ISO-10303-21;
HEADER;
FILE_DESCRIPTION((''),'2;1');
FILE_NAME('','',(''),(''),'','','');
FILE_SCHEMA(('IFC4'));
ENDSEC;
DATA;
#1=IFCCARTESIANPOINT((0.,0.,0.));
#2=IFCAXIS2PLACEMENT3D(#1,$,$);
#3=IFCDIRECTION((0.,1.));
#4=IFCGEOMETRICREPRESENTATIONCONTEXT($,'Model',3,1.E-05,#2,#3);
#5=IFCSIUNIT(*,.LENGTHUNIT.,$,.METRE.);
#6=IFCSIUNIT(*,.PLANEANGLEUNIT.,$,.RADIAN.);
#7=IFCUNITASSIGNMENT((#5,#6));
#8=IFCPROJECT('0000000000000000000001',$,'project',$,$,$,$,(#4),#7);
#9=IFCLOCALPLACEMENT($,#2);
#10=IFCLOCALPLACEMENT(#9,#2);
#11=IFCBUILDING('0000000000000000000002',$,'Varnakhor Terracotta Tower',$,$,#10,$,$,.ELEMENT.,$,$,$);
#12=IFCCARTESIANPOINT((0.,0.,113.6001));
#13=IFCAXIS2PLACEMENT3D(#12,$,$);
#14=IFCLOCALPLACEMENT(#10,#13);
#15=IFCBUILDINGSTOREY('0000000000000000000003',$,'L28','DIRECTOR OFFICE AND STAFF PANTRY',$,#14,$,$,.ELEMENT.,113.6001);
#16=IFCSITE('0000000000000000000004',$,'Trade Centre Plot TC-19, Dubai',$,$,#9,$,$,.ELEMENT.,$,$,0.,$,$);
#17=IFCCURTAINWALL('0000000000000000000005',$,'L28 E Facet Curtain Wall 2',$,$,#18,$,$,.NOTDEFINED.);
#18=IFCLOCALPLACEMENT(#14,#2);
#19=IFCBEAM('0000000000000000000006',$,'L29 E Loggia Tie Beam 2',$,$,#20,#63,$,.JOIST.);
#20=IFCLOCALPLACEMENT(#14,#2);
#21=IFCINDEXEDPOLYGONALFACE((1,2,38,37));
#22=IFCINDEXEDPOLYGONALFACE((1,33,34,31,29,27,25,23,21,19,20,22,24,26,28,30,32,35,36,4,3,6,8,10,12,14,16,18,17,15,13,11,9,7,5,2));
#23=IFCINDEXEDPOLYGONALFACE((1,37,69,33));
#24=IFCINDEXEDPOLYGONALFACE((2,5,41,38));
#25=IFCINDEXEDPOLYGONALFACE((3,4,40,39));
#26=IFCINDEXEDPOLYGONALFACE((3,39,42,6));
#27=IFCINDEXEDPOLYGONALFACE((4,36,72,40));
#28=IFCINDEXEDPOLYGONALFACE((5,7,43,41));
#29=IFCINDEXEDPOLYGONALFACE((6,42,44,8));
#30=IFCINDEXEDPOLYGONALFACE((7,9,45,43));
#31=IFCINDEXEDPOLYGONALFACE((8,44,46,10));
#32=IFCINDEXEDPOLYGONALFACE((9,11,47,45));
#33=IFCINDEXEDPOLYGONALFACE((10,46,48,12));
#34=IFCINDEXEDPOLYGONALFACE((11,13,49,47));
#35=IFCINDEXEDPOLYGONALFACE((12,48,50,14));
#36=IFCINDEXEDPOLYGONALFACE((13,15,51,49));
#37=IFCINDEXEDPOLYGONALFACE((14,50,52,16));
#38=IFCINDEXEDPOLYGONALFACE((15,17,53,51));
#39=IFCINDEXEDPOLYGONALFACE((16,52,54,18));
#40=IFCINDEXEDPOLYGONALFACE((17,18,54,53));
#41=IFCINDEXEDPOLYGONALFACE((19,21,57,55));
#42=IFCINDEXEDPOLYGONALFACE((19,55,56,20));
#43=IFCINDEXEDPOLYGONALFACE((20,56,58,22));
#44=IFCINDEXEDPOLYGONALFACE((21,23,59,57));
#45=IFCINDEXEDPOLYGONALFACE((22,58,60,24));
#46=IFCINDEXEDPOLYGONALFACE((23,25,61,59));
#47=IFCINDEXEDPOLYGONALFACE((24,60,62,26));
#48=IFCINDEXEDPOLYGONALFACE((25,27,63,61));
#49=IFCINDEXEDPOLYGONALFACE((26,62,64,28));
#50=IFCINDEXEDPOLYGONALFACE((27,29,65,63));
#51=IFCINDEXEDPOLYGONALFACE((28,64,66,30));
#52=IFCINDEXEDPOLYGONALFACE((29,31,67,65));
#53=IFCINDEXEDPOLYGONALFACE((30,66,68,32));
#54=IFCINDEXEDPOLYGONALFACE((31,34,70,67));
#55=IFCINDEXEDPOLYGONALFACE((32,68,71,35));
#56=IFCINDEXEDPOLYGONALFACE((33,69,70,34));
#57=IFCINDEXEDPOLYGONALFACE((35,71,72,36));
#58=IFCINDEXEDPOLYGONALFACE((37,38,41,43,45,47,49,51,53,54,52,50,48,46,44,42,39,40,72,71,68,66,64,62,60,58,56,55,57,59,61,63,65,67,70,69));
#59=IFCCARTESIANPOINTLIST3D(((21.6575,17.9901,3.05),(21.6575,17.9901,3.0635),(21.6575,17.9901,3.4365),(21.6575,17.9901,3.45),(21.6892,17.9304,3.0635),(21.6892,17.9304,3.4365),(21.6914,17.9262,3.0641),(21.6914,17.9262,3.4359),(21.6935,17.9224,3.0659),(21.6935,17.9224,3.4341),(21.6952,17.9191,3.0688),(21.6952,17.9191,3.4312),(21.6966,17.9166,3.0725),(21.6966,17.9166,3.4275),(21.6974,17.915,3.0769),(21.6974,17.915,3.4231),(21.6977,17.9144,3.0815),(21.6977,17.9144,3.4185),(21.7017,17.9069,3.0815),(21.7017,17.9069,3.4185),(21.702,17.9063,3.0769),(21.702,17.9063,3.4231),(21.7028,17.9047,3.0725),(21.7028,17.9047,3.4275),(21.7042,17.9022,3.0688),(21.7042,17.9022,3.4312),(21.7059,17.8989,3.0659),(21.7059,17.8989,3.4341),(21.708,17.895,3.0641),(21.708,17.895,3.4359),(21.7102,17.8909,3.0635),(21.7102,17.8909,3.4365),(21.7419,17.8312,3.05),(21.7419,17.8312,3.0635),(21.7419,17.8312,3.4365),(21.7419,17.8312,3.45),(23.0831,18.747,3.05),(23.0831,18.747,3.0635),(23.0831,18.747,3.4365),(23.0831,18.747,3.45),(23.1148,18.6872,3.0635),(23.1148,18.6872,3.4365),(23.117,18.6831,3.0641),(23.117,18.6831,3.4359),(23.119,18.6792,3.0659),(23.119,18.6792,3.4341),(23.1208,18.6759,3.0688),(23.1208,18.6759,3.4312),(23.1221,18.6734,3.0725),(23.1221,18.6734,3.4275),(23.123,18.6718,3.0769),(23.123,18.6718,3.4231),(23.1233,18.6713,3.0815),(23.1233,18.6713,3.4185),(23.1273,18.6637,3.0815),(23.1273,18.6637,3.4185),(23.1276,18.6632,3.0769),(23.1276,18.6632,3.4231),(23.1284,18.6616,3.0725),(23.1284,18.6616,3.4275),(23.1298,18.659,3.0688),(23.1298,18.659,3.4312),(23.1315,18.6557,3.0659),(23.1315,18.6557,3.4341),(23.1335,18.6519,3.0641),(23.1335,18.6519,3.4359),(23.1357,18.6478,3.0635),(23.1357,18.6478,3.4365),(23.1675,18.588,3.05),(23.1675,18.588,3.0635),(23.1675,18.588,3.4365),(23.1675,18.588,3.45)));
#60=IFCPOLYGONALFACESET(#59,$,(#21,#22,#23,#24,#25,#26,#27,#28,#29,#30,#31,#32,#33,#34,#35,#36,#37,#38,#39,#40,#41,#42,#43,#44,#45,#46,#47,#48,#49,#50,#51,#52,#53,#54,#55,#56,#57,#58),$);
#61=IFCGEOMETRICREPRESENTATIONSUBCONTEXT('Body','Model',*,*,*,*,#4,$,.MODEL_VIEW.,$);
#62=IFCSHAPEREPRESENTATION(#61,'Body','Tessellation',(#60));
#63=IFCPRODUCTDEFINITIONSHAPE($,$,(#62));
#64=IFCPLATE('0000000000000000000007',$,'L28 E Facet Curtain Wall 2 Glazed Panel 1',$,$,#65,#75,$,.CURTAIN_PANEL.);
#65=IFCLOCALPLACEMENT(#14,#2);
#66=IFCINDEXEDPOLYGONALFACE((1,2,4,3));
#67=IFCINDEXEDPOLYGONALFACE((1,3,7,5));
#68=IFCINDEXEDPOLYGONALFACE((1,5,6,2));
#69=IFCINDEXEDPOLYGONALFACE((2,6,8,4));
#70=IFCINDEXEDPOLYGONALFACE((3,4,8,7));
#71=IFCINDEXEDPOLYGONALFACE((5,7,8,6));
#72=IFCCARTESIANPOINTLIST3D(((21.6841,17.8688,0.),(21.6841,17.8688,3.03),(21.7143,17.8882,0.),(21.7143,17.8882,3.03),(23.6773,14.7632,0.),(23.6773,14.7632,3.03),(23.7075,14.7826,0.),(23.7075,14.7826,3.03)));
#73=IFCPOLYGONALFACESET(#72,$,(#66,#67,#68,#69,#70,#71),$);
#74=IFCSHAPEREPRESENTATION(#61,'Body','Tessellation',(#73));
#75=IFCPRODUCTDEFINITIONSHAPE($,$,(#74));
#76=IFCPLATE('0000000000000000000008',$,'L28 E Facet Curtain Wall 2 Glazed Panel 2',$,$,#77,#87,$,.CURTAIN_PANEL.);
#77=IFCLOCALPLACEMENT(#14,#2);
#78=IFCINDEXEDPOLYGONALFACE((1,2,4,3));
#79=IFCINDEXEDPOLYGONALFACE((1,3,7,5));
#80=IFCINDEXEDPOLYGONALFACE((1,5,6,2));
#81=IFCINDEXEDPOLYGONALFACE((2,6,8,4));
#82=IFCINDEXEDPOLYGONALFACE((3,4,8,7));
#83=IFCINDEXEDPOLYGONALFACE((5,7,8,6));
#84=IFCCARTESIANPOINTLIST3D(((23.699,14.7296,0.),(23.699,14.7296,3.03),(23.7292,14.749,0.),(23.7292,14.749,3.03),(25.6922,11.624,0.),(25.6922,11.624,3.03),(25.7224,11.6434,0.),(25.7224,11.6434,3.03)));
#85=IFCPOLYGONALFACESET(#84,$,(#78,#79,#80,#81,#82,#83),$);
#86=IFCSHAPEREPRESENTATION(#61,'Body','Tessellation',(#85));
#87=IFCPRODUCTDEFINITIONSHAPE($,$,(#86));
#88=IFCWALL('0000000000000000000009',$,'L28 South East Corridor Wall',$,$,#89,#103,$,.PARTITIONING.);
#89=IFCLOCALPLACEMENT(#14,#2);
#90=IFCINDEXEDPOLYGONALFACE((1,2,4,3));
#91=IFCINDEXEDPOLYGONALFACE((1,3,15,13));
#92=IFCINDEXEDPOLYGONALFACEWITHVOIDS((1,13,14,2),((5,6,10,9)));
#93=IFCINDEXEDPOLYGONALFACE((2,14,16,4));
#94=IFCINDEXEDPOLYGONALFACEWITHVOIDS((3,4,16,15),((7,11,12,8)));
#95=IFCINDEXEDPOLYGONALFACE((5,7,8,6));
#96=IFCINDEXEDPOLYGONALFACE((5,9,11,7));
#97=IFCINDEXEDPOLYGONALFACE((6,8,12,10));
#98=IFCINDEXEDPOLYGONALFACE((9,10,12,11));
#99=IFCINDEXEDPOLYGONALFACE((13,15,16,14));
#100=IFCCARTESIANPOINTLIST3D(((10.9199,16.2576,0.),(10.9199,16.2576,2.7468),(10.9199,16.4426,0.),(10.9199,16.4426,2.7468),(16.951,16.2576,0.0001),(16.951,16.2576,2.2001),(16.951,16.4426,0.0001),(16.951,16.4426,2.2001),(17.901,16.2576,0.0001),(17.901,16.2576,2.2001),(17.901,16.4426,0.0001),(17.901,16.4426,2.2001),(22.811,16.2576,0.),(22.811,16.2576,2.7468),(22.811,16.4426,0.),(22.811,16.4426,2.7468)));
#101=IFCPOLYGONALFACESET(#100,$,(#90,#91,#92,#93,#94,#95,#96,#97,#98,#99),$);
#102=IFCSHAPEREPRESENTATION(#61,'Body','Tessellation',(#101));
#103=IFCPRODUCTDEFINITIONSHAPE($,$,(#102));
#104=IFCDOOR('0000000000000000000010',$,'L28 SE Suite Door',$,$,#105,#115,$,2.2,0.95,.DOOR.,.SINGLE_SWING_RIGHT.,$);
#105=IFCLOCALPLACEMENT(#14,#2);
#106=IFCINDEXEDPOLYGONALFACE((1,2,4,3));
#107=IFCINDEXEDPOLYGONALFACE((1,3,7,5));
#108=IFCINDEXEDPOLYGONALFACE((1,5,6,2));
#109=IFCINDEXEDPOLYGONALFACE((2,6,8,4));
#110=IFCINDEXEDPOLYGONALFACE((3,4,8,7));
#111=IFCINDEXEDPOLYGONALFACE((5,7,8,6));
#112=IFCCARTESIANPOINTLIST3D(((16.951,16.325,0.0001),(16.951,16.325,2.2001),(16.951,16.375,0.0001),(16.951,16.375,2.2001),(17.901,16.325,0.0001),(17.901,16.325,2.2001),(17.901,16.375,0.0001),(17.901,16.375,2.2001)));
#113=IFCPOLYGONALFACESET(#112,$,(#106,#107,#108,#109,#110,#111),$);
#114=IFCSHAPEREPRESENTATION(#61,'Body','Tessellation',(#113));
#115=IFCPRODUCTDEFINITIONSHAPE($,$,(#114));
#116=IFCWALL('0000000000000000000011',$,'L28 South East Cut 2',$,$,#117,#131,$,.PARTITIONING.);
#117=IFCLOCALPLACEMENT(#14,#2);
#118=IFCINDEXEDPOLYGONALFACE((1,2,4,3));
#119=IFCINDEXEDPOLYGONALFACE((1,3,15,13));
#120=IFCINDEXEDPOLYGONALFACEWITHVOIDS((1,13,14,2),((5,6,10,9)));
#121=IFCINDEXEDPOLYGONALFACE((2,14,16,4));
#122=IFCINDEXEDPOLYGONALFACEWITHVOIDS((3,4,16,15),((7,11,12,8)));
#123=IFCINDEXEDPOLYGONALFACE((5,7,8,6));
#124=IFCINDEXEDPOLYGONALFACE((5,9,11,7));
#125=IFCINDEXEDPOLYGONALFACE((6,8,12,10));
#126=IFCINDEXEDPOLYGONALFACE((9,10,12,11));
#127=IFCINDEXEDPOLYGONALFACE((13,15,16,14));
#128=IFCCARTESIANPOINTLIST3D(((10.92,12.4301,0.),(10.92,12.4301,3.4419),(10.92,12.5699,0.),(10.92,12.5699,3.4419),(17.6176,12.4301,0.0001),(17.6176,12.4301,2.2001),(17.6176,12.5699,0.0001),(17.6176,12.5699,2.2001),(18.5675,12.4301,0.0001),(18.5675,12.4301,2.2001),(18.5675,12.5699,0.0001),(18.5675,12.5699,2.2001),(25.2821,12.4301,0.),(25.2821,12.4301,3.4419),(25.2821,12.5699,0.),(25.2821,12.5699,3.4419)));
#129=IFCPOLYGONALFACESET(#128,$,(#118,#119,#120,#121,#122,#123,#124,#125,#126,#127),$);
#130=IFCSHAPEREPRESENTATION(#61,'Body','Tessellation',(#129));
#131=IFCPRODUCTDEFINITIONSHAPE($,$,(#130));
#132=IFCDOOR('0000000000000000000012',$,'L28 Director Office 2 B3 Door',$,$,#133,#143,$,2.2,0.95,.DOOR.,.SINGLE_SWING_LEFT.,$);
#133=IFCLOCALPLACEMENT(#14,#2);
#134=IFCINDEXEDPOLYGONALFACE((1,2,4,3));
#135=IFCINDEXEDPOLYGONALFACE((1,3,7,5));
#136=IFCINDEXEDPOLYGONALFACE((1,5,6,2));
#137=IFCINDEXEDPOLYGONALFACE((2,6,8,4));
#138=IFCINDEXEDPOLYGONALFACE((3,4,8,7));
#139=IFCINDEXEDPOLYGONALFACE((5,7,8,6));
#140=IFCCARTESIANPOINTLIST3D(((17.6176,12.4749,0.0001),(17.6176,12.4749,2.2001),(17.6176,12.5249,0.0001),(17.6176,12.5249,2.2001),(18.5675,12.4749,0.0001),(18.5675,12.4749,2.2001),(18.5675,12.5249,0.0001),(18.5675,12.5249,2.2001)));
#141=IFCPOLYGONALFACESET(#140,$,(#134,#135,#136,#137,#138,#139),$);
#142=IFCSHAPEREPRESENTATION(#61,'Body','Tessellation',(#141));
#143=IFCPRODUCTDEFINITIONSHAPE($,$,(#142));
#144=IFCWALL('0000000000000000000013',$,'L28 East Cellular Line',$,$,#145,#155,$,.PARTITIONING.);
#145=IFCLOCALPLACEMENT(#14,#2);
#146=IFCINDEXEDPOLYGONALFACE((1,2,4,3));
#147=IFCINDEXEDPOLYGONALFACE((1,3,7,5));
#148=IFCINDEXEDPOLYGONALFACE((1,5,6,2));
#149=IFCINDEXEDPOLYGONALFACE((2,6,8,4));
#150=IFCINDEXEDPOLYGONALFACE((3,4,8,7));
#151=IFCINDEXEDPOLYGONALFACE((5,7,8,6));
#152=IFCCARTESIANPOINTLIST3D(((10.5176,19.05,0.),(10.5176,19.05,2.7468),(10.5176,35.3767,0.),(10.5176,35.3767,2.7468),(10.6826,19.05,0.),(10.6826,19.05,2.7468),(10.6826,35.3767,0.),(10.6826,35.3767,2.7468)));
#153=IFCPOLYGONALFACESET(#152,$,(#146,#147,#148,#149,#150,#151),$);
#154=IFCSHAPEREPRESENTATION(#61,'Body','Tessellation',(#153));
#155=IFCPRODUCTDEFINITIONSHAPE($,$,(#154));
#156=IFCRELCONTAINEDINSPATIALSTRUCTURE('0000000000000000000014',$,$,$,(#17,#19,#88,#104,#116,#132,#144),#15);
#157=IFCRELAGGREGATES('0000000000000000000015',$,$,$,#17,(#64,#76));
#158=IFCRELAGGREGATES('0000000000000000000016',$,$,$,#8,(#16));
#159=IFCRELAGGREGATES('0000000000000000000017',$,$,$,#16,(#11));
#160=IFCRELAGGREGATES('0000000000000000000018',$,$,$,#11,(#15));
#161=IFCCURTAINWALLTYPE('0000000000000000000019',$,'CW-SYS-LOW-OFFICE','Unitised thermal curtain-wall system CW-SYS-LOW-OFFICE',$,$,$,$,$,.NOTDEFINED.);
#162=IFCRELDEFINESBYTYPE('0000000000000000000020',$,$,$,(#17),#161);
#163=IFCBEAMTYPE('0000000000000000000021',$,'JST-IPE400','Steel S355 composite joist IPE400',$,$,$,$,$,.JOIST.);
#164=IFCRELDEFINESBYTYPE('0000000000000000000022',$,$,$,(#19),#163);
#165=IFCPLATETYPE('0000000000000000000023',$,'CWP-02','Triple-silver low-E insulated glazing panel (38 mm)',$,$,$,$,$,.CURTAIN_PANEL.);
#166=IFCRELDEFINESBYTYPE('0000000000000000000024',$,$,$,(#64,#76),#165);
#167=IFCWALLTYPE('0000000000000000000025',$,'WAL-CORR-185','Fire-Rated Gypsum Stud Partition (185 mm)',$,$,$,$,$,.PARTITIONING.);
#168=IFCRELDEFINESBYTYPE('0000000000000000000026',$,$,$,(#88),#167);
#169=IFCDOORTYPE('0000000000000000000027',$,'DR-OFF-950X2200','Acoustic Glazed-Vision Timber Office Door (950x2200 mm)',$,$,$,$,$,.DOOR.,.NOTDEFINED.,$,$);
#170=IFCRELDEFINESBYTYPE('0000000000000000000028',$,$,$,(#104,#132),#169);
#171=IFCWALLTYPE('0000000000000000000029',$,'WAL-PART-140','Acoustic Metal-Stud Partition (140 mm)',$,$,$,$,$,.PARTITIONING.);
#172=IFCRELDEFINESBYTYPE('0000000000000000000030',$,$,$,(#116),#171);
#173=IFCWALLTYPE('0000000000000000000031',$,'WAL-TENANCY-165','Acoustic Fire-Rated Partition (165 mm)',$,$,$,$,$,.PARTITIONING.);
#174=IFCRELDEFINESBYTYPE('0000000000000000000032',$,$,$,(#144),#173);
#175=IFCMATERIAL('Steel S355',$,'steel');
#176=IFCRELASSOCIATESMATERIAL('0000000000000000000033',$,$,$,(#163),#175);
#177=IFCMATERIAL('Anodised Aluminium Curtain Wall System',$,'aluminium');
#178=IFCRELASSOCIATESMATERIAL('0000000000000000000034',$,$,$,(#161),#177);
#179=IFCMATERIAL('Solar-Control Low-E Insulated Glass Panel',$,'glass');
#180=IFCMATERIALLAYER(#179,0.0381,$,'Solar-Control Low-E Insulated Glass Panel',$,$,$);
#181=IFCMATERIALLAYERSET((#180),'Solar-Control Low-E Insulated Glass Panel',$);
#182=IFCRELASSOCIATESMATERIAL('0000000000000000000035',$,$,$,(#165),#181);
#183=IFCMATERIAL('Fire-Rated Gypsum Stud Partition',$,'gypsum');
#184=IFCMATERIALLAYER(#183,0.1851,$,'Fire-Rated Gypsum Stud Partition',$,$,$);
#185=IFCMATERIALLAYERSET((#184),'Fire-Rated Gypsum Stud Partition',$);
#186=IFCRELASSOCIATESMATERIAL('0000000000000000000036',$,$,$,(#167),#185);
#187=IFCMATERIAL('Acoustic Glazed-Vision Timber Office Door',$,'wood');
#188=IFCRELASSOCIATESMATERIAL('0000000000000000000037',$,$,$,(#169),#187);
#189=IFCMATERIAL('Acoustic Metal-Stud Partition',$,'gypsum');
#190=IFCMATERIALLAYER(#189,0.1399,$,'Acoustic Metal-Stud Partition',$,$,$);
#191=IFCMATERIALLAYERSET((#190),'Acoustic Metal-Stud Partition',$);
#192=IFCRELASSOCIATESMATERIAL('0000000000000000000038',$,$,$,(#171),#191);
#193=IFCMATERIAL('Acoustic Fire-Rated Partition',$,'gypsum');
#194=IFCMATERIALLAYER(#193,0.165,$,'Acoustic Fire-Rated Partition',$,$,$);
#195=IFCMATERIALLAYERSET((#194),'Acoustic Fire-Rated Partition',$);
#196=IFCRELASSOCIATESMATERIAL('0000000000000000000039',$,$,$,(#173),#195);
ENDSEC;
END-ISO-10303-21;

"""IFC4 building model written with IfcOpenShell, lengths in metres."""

from ifc_helpers import new_model, si_unit, direction, frame, frame_2d, origin, origin_2d, place, context, subcontext, project, spatial, rectangle, i_section, extrude, source, transform, mapped, material, layer, layer_set, material_profile, profile_set, type_object, type_shapes, element, fill, aggregate, save


model = new_model("IFC4")

# Units and contexts
model_context = context("Model", 3, precision=1e-05, world=origin(), true_north=direction((0.0, 1.0)))
body_context = subcontext(model_context, "Body", "Model", "MODEL_VIEW")
ifc_project = project(units=[si_unit("LENGTHUNIT", "METRE"), si_unit("PLANEANGLEUNIT", "RADIAN")], contexts=[model_context])

# Site, building, storey
site_placement = place(None, origin())
site = spatial("IfcSite", under=ifc_project, at=site_placement, Name="Trade Centre Plot TC-19, Dubai", CompositionType="ELEMENT", RefElevation=0.0)
building_placement = place(site_placement, origin())
building = spatial("IfcBuilding", under=site, at=building_placement, Name="Varnakhor Terracotta Tower", CompositionType="ELEMENT")
storey_placement = place(building_placement, frame((0.0, 0.0, 113.6001)))
storey = spatial("IfcBuildingStorey", under=building, at=storey_placement, Name="L28", Description="DIRECTOR OFFICE AND STAFF PANTRY", CompositionType="ELEMENT", Elevation=113.6001)

# Shared definitions
ifc_material_1 = material(Name="Steel S355", Category="steel")
ifc_material_profile_1 = material_profile(ifc_material_1, i_section(OverallWidth=0.1799, OverallDepth=0.3999, WebThickness=0.0085, FlangeThickness=0.0134, FilletRadius=0.0181, at=origin_2d()), Name="IPE400")
ifc_profile_set_1 = profile_set([ifc_material_profile_1], Name="Steel S355")
beam_type = type_object("IfcBeamType", Name="JST-IPE400", Description="Steel S355 composite joist IPE400", PredefinedType="JOIST", material=ifc_profile_set_1)

# Curtain wall
ifc_material_2 = material(Name="Anodised Aluminium Curtain Wall System", Category="aluminium")
curtain_wall_type = type_object("IfcCurtainWallType", Name="CW-SYS-LOW-OFFICE", Description="Unitised thermal curtain-wall system CW-SYS-LOW-OFFICE", PredefinedType="NOTDEFINED", material=ifc_material_2)
curtain_wall_placement = place(storey_placement, origin())
curtain_wall = element("IfcCurtainWall", 1, at=curtain_wall_placement, inside=storey, type_object=curtain_wall_type, Name="L28 E Facet Curtain Wall 2", PredefinedType="NOTDEFINED")

# Beam
shared_shape_1 = source(origin(), body_context, "Body", "SweptSolid", [
    extrude(i_section(OverallWidth=0.1799, OverallDepth=0.3999, WebThickness=0.0085, FlangeThickness=0.0134, FilletRadius=0.0181, at=origin_2d()), origin(), (0.0, 0.0, 1.0), 1.614),
])
beam_1_placement = place(storey_placement, frame((21.6997, 17.9106, 3.25), z_axis=(0.883239, 0.468923, 0.0), x_axis=(-0.468923, 0.883239, 0.0)))
element("IfcBeam", 2, at=beam_1_placement, inside=storey, type_object=beam_type, Name="L29 E Loggia Tie Beam 2", PredefinedType="JOIST", context=body_context, shape_type="MappedRepresentation", body=[
    mapped(shared_shape_1, transform((0.0, 0.0, 0.0), scale=1.0)),
])

# Plates
ifc_material_3 = material(Name="Solar-Control Low-E Insulated Glass Panel", Category="glass")
ifc_layer_1 = layer(ifc_material_3, 0.0381, Name="Solar-Control Low-E Insulated Glass Panel")
ifc_layer_set_1 = layer_set([ifc_layer_1], Name="Solar-Control Low-E Insulated Glass Panel")
plate_type = type_object("IfcPlateType", Name="CWP-02", Description="Triple-silver low-E insulated glazing panel (38 mm)", PredefinedType="CURTAIN_PANEL", material=ifc_layer_set_1)
shared_shape_2 = source(origin(), body_context, "Body", "SweptSolid", [
    extrude(rectangle(XDim=3.6902, YDim=0.0359, at=origin_2d()), origin(), (0.0, 0.0, 1.0), 3.03),
])
plate_1_placement = place(storey_placement, frame((22.6958, 16.3257, 0.0), z_axis=(0.0, 0.0, 1.0), x_axis=(0.540123, -0.841586, 0.0)))
plate_1 = element("IfcPlate", 3, at=plate_1_placement, type_object=plate_type, Name="L28 E Facet Curtain Wall 2 Glazed Panel 1", PredefinedType="CURTAIN_PANEL", context=body_context, shape_type="MappedRepresentation", body=[
    mapped(shared_shape_2, transform((0.0, 0.0, 0.0), scale=1.0)),
])
plate_2_placement = place(storey_placement, frame((24.7107, 13.1865, 0.0), z_axis=(0.0, 0.0, 1.0), x_axis=(0.540123, -0.841586, 0.0)))
plate_2 = element("IfcPlate", 4, at=plate_2_placement, type_object=plate_type, Name="L28 E Facet Curtain Wall 2 Glazed Panel 2", PredefinedType="CURTAIN_PANEL", context=body_context, shape_type="MappedRepresentation", body=[
    mapped(shared_shape_2, transform((0.0, 0.0, 0.0), scale=1.0)),
])
aggregate(curtain_wall, [plate_1, plate_2])

# Walls, openings, doors
ifc_material_4 = material(Name="Fire-Rated Gypsum Stud Partition", Category="gypsum")
ifc_layer_2 = layer(ifc_material_4, 0.1851, Name="Fire-Rated Gypsum Stud Partition")
ifc_layer_set_2 = layer_set([ifc_layer_2], Name="Fire-Rated Gypsum Stud Partition")
wall_type_1 = type_object("IfcWallType", Name="WAL-CORR-185", Description="Fire-Rated Gypsum Stud Partition (185 mm)", PredefinedType="PARTITIONING", material=ifc_layer_set_2)
wall_1_placement = place(storey_placement, frame((10.9199, 16.3501, 0.0), z_axis=(0.0, 0.0, 1.0), x_axis=(1.0, 0.0, 0.0)))
wall_1 = element("IfcWall", 5, at=wall_1_placement, inside=storey, type_object=wall_type_1, Name="L28 South East Corridor Wall", PredefinedType="PARTITIONING", context=body_context, shape_type="SweptSolid", body=[
    extrude(rectangle(XDim=11.8911, YDim=0.1851, at=frame_2d((5.9456, 0.0))), origin(), (0.0, 0.0, 1.0), 2.7468),
])
opening_1_placement = place(wall_1_placement, frame((6.031, 0.0, 0.0)))
opening_1 = element("IfcOpeningElement", 6, at=opening_1_placement, cuts=wall_1, PredefinedType="OPENING", context=body_context, shape_type="SweptSolid", body=[
    extrude(rectangle(XDim=0.95, YDim=2.2, at=frame_2d((0.4751, 1.1001))), frame((0.0, 0.1025, 0.0), z_axis=(0.0, -1.0, 0.0), x_axis=(1.0, 0.0, 0.0)), (0.0, 0.0, 1.0), 0.2051),
])
ifc_material_5 = material(Name="Acoustic Glazed-Vision Timber Office Door", Category="wood")
door_type = type_object("IfcDoorType", Name="DR-OFF-950X2200", Description="Acoustic Glazed-Vision Timber Office Door (950x2200 mm)", OperationType="NOTDEFINED", PredefinedType="DOOR", material=ifc_material_5)
shared_shape_3 = source(origin(), body_context, "Body", "SweptSolid", [
    extrude(rectangle(XDim=0.95, YDim=2.2, at=frame_2d((0.4751, 1.1001))), frame((0.0, 0.0249, 0.0), z_axis=(0.0, -1.0, 0.0), x_axis=(1.0, 0.0, 0.0)), (0.0, 0.0, 1.0), 0.05),
])
type_shapes(door_type, [shared_shape_3])
door_1_placement = place(opening_1_placement, origin())
door_1 = element("IfcDoor", 7, at=door_1_placement, inside=storey, type_object=door_type, Name="L28 SE Suite Door", OperationType="SINGLE_SWING_RIGHT", OverallHeight=2.2, OverallWidth=0.95, PredefinedType="DOOR", context=body_context, shape_type="MappedRepresentation", body=[
    mapped(shared_shape_3, transform((0.0, 0.0, 0.0), scale=1.0)),
])
fill(opening_1, door_1)
ifc_material_6 = material(Name="Acoustic Metal-Stud Partition", Category="gypsum")
ifc_layer_3 = layer(ifc_material_6, 0.1399, Name="Acoustic Metal-Stud Partition")
ifc_layer_set_3 = layer_set([ifc_layer_3], Name="Acoustic Metal-Stud Partition")
wall_type_2 = type_object("IfcWallType", Name="WAL-PART-140", Description="Acoustic Metal-Stud Partition (140 mm)", PredefinedType="PARTITIONING", material=ifc_layer_set_3)
wall_2_placement = place(storey_placement, frame((10.9199, 12.5, 0.0), z_axis=(0.0, 0.0, 1.0), x_axis=(1.0, 0.0, 0.0)))
wall_2 = element("IfcWall", 8, at=wall_2_placement, inside=storey, type_object=wall_type_2, Name="L28 South East Cut 2", PredefinedType="PARTITIONING", context=body_context, shape_type="SweptSolid", body=[
    extrude(rectangle(XDim=14.3621, YDim=0.1399, at=frame_2d((7.1812, 0.0))), origin(), (0.0, 0.0, 1.0), 3.4419),
])
opening_2_placement = place(wall_2_placement, frame((6.6975, 0.0, 0.0)))
opening_2 = element("IfcOpeningElement", 9, at=opening_2_placement, cuts=wall_2, PredefinedType="OPENING", context=body_context, shape_type="SweptSolid", body=[
    extrude(rectangle(XDim=0.95, YDim=2.2, at=frame_2d((0.4751, 1.1001))), frame((0.0, 0.0801, 0.0), z_axis=(0.0, -1.0, 0.0), x_axis=(1.0, 0.0, 0.0)), (0.0, 0.0, 1.0), 0.1599),
])
door_2_placement = place(opening_2_placement, origin())
door_2 = element("IfcDoor", 10, at=door_2_placement, inside=storey, type_object=door_type, Name="L28 Director Office 2 B3 Door", OperationType="SINGLE_SWING_LEFT", OverallHeight=2.2, OverallWidth=0.95, PredefinedType="DOOR", context=body_context, shape_type="MappedRepresentation", body=[
    mapped(shared_shape_3, transform((0.0, 0.0, 0.0), scale=1.0)),
])
fill(opening_2, door_2)

# Wall
ifc_material_7 = material(Name="Acoustic Fire-Rated Partition", Category="gypsum")
ifc_layer_4 = layer(ifc_material_7, 0.165, Name="Acoustic Fire-Rated Partition")
ifc_layer_set_4 = layer_set([ifc_layer_4], Name="Acoustic Fire-Rated Partition")
wall_type_3 = type_object("IfcWallType", Name="WAL-TENANCY-165", Description="Acoustic Fire-Rated Partition (165 mm)", PredefinedType="PARTITIONING", material=ifc_layer_set_4)
wall_3_placement = place(storey_placement, frame((10.6001, 19.05, 0.0), z_axis=(0.0, 0.0, 1.0), x_axis=(0.0, 1.0, 0.0)))
element("IfcWall", 11, at=wall_3_placement, inside=storey, type_object=wall_type_3, Name="L28 East Cellular Line", PredefinedType="PARTITIONING", context=body_context, shape_type="SweptSolid", body=[
    extrude(rectangle(XDim=16.3267, YDim=0.165, at=frame_2d((8.1633, 0.0))), origin(), (0.0, 0.0, 1.0), 2.7468),
])

save(model, "model.ifc")
